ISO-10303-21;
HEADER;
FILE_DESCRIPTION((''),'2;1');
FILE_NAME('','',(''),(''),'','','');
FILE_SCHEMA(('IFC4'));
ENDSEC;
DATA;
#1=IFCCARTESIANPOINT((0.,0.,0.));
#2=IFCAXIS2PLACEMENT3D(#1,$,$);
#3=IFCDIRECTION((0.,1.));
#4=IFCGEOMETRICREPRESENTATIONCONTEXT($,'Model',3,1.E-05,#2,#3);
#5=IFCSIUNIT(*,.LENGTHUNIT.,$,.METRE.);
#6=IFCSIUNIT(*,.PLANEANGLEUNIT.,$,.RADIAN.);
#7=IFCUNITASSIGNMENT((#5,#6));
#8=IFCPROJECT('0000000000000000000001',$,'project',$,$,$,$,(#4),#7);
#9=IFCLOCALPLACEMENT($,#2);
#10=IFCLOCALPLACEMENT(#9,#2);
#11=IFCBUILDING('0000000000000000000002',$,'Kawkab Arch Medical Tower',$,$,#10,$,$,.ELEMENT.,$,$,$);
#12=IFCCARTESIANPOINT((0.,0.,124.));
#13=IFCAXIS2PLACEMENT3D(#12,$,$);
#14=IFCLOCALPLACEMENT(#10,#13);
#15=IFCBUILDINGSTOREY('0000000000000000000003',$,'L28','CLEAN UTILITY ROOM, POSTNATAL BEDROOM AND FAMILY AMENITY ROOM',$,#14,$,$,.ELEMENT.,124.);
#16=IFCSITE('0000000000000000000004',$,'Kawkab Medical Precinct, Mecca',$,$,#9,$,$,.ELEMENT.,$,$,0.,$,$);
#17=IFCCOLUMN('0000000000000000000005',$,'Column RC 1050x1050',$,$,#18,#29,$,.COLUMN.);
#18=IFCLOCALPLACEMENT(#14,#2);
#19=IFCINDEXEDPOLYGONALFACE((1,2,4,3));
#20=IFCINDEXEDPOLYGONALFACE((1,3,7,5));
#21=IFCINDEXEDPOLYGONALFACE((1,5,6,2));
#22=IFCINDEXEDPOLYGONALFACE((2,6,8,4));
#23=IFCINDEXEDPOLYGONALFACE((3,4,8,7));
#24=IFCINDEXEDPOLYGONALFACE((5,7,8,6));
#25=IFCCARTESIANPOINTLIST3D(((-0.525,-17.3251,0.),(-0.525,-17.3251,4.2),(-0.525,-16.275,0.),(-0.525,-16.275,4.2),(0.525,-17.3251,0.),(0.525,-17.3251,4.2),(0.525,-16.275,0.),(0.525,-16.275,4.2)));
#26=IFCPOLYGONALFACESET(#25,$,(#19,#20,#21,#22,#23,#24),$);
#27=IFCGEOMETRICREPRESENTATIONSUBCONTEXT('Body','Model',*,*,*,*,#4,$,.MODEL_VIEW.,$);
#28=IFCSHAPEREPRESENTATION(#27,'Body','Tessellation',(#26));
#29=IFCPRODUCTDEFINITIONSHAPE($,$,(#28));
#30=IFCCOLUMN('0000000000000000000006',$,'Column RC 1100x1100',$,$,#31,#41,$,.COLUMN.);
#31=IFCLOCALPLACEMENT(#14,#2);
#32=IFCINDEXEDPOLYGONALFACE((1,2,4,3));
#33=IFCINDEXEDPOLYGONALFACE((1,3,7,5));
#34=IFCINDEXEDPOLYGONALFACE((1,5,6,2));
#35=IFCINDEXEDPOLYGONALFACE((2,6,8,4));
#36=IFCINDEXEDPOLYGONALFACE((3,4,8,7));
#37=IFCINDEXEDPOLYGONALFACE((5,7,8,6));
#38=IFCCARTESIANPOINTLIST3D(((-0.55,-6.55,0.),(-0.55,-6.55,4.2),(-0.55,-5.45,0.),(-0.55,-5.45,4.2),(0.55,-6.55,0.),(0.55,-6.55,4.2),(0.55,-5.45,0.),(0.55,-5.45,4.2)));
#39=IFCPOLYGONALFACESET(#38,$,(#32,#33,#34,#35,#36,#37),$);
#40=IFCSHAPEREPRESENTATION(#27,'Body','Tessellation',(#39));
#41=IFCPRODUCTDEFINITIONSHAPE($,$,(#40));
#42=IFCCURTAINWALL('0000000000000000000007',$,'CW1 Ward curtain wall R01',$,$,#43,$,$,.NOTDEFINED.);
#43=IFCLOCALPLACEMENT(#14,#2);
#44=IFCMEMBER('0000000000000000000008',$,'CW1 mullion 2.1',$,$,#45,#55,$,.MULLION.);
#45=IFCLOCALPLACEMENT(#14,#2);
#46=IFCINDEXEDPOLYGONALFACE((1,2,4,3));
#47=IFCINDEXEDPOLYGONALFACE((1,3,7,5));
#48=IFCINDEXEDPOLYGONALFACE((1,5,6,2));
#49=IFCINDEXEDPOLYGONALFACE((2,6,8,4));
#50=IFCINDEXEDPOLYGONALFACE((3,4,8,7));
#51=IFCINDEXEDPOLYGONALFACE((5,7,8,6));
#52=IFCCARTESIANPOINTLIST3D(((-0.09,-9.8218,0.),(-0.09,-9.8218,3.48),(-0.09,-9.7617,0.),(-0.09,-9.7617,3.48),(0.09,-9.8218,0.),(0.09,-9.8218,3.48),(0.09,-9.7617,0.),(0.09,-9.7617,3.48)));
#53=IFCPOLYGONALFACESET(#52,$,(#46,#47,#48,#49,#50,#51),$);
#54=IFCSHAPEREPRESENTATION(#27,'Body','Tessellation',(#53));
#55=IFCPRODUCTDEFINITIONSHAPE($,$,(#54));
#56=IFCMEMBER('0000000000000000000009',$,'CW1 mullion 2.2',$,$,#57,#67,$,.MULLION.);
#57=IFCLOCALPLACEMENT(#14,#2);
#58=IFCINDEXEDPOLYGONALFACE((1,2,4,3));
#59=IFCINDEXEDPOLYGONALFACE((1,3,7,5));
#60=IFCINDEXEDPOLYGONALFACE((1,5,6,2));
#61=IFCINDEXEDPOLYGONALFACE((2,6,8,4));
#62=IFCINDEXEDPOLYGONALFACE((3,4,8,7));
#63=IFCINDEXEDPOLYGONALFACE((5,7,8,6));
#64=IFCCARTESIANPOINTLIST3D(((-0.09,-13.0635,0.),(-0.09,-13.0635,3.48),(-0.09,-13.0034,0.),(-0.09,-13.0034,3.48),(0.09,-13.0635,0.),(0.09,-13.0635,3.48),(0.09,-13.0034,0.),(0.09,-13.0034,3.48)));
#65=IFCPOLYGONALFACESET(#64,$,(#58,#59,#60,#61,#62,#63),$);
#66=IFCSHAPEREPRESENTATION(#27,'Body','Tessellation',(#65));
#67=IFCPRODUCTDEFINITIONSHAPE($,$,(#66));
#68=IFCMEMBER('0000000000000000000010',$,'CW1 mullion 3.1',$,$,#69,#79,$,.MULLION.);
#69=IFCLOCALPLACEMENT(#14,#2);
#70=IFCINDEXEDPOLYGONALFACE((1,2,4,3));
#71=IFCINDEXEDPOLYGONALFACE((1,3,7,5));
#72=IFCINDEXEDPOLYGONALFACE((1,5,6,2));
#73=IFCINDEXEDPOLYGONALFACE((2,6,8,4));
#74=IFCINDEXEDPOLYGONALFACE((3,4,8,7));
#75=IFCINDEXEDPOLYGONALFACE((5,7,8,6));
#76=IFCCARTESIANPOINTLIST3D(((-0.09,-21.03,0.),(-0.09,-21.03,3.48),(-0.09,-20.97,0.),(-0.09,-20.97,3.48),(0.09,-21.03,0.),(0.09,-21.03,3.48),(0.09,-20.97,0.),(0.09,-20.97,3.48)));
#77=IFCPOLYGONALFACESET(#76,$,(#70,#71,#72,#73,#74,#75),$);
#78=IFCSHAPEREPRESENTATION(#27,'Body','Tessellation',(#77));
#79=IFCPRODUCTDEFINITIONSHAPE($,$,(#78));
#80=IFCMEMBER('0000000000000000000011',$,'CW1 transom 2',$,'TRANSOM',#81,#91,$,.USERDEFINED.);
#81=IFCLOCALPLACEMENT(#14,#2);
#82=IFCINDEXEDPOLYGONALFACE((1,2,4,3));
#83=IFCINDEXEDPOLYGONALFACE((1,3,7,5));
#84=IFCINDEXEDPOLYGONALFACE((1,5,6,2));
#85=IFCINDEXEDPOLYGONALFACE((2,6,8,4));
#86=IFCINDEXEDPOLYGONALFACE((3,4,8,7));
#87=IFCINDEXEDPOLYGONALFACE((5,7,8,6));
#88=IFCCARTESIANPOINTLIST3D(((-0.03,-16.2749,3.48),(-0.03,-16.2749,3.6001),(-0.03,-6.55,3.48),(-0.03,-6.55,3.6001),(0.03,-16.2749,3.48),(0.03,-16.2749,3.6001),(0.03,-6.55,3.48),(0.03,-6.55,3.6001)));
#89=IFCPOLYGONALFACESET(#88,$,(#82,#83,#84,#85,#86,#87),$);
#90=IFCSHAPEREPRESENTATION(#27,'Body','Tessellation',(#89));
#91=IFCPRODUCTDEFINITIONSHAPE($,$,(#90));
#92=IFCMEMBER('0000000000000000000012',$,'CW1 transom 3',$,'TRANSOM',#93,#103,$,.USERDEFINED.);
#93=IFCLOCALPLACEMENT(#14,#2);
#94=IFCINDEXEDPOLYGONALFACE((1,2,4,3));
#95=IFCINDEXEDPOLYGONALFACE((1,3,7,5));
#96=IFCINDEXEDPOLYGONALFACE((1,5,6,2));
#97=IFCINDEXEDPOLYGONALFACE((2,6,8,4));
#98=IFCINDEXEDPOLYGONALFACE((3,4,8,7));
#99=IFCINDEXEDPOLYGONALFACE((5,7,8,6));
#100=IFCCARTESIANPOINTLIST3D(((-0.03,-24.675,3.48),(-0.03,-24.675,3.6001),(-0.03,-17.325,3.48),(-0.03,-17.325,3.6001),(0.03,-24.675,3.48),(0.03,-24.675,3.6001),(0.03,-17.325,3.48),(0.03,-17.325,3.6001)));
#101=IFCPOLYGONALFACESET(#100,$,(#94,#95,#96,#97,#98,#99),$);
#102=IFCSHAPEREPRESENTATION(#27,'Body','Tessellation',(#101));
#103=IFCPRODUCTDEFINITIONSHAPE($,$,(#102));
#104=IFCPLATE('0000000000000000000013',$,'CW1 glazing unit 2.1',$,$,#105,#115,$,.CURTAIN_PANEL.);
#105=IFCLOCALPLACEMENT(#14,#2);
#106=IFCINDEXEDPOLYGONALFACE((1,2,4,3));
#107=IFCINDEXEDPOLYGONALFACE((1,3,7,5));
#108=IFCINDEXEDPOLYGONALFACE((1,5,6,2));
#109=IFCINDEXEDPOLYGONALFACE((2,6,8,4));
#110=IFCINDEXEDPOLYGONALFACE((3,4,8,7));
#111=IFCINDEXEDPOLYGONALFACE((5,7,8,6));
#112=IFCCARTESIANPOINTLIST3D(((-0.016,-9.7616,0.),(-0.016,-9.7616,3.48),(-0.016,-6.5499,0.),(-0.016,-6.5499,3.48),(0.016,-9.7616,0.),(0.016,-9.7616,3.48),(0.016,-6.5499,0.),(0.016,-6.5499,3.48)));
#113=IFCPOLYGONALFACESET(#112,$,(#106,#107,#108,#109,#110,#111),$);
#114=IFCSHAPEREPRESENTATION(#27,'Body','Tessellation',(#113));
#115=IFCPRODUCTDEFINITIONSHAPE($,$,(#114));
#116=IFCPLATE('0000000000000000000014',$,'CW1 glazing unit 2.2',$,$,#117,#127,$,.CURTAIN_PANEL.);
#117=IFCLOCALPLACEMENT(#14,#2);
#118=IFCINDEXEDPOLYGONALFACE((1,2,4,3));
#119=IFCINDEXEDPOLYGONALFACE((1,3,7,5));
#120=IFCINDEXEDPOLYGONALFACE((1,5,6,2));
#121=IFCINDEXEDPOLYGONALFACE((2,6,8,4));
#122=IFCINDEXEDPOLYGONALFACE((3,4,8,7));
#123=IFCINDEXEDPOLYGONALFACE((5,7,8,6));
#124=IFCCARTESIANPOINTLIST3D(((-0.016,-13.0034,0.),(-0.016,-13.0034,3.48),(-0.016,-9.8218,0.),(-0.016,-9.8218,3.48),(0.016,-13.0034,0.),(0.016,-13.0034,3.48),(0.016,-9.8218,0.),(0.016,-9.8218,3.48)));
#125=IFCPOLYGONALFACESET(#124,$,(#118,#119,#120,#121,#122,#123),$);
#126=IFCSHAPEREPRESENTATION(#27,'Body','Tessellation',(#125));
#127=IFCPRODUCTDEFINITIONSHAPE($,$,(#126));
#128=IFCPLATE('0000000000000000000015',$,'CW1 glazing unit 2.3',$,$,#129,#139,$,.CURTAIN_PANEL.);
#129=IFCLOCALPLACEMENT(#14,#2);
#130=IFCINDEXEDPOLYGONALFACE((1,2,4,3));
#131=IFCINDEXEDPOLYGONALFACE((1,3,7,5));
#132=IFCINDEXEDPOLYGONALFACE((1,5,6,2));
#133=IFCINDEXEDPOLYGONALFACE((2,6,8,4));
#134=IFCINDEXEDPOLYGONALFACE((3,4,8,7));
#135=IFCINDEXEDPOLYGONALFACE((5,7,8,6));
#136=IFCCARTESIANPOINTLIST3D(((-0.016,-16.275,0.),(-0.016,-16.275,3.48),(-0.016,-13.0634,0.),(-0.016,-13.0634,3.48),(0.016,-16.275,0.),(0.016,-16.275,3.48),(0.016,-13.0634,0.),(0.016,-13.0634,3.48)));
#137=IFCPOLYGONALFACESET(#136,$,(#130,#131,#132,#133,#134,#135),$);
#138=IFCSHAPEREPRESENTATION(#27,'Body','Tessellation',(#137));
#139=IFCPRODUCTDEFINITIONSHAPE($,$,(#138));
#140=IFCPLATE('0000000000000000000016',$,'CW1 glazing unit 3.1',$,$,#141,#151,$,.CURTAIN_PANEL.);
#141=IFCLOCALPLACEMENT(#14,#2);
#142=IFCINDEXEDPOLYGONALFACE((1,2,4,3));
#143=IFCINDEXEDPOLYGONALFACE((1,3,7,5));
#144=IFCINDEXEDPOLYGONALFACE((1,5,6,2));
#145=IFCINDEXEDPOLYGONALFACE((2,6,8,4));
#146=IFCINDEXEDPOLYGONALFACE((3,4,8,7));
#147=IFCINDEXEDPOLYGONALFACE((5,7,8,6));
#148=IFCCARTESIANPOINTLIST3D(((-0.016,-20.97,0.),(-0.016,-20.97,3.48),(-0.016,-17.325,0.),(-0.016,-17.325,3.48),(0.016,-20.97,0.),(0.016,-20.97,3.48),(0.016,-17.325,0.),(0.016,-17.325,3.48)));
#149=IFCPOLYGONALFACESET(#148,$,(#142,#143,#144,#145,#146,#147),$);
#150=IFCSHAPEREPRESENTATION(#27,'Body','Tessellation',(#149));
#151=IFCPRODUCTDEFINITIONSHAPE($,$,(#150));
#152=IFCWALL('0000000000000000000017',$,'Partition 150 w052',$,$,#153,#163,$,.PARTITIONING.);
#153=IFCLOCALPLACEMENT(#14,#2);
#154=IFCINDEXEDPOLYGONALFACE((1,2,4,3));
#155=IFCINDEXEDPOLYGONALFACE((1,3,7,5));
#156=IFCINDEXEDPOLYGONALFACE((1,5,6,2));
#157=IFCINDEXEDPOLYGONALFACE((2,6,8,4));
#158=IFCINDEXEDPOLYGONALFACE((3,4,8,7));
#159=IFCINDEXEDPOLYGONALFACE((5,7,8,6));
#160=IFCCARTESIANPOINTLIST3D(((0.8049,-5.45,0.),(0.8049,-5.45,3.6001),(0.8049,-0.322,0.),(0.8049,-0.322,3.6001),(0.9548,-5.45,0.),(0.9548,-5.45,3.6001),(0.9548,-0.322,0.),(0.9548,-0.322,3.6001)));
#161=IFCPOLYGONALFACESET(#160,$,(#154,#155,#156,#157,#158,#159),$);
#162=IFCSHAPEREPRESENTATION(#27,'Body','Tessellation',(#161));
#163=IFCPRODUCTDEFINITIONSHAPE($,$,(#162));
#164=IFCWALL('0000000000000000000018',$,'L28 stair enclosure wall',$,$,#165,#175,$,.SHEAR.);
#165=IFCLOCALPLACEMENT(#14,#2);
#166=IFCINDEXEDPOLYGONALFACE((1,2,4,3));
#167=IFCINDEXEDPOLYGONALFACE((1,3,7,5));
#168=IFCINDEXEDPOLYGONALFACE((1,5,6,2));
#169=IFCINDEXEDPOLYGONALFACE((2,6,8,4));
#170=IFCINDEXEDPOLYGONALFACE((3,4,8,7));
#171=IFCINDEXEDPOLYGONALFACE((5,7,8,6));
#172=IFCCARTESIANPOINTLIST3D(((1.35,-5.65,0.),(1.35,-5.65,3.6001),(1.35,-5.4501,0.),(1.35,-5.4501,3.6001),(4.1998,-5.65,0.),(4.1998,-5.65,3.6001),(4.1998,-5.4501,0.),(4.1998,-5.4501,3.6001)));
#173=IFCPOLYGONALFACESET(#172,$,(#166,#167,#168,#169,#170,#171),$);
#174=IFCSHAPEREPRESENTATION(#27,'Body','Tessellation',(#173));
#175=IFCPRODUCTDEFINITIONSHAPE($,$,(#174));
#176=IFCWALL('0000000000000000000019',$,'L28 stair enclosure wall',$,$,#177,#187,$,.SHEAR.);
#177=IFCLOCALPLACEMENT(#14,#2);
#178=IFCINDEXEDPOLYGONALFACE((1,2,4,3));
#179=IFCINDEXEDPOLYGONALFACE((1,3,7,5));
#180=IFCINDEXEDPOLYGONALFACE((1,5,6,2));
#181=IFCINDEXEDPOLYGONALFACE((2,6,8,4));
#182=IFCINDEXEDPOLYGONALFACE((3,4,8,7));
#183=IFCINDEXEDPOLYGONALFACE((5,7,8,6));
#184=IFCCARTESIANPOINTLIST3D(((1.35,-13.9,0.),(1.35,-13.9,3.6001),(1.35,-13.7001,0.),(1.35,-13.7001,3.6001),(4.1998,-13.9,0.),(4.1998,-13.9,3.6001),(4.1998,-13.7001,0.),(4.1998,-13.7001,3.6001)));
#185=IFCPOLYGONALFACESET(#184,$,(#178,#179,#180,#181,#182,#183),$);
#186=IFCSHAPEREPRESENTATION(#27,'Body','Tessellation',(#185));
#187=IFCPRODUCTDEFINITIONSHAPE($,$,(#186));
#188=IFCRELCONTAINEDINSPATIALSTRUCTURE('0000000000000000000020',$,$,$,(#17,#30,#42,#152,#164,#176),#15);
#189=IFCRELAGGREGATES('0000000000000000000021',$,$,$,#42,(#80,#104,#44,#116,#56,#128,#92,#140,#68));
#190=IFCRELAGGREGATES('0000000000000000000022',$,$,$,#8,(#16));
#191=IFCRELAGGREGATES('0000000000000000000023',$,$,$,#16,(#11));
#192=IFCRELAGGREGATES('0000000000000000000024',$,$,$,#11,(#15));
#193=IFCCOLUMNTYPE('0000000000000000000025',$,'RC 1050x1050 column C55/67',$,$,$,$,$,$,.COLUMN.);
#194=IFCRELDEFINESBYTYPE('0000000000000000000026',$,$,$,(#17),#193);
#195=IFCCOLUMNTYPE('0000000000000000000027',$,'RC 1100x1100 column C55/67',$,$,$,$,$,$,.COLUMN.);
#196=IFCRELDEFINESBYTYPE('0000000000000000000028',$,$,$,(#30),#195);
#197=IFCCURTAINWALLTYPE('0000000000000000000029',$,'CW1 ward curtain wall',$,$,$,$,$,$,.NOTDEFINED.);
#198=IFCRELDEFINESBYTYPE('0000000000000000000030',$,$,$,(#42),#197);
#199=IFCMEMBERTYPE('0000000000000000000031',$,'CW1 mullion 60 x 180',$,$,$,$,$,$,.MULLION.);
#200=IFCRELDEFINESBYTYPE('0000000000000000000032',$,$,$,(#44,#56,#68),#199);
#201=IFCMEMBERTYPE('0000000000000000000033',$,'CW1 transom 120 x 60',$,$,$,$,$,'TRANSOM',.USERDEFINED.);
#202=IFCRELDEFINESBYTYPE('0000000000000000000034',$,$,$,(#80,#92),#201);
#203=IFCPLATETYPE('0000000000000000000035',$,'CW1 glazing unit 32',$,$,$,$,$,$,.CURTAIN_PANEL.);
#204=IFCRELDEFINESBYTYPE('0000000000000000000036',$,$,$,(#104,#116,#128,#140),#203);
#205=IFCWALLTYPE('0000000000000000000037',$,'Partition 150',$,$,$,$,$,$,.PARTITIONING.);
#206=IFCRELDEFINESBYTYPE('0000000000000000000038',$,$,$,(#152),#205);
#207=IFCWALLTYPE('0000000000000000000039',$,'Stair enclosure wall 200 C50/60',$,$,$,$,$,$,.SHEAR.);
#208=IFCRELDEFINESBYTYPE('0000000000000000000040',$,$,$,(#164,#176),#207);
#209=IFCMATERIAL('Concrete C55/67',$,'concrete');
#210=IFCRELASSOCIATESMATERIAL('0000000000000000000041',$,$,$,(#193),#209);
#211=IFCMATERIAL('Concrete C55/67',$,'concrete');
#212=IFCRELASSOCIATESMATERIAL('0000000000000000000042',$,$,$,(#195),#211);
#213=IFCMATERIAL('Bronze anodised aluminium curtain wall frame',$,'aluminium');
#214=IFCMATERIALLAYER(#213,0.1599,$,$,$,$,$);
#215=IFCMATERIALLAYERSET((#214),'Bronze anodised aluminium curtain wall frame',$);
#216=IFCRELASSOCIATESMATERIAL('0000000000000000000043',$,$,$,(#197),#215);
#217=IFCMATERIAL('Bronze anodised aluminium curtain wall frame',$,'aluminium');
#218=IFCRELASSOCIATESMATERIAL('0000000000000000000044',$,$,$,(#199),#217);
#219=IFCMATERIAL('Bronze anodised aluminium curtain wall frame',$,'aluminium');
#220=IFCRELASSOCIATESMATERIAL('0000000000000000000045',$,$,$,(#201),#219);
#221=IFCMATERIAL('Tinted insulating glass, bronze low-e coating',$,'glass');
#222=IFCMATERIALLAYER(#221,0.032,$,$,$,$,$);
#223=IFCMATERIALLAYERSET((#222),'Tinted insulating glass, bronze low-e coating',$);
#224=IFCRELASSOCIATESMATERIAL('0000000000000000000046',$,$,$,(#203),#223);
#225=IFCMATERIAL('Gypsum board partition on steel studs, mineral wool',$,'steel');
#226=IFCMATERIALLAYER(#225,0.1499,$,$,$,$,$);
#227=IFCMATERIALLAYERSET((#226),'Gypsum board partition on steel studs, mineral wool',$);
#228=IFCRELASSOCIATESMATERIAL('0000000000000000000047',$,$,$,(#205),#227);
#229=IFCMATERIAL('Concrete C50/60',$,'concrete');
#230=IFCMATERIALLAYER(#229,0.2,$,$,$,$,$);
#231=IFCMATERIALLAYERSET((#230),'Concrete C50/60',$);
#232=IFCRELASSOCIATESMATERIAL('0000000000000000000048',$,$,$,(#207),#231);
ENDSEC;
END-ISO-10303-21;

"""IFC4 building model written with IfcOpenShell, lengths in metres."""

from ifc_helpers import new_model, si_unit, direction, frame, frame_2d, origin, origin_2d, place, context, subcontext, project, spatial, rectangle, extrude, material, layer, layer_set, material_profile, profile_set, type_object, element, aggregate, save


model = new_model("IFC4")

# Units and contexts
model_context = context("Model", 3, precision=1e-05, world=origin(), true_north=direction((0.0, 1.0)))
body_context = subcontext(model_context, "Body", "Model", "MODEL_VIEW")
ifc_project = project(units=[si_unit("LENGTHUNIT", "METRE"), si_unit("PLANEANGLEUNIT", "RADIAN")], contexts=[model_context])

# Site, building, storey
site_placement = place(None, origin())
site = spatial("IfcSite", under=ifc_project, at=site_placement, Name="Kawkab Medical Precinct, Mecca", CompositionType="ELEMENT", RefElevation=0.0)
building_placement = place(site_placement, origin())
building = spatial("IfcBuilding", under=site, at=building_placement, Name="Kawkab Arch Medical Tower", CompositionType="ELEMENT")
storey_placement = place(building_placement, frame((0.0, 0.0, 124.0)))
storey = spatial("IfcBuildingStorey", under=building, at=storey_placement, Name="L28", Description="CLEAN UTILITY ROOM, POSTNATAL BEDROOM AND FAMILY AMENITY ROOM", CompositionType="ELEMENT", Elevation=124.0)

# Columns
ifc_material_1 = material(Name="Concrete C55/67", Category="concrete")
ifc_material_profile_1 = material_profile(ifc_material_1, rectangle(XDim=1.05, YDim=1.05, at=origin_2d()), Name="RC 1050x1050")
ifc_profile_set_1 = profile_set([ifc_material_profile_1], Name="Concrete C55/67")
column_type_1 = type_object("IfcColumnType", Name="RC 1050x1050 column C55/67", PredefinedType="COLUMN", material=ifc_profile_set_1)
column_1_placement = place(storey_placement, frame((0.0, -16.8, 0.0), z_axis=(0.0, 0.0, 1.0), x_axis=(1.0, 0.0, 0.0)))
element("IfcColumn", 1, at=column_1_placement, inside=storey, type_object=column_type_1, Name="Column RC 1050x1050", PredefinedType="COLUMN", context=body_context, shape_type="SweptSolid", body=[
    extrude(rectangle(XDim=1.05, YDim=1.05, at=origin_2d()), origin(), (0.0, 0.0, 1.0), 4.2),
])
ifc_material_2 = material(Name="Concrete C55/67", Category="concrete")
ifc_material_profile_2 = material_profile(ifc_material_2, rectangle(XDim=1.1001, YDim=1.1001, at=origin_2d()), Name="RC 1100x1100")
ifc_profile_set_2 = profile_set([ifc_material_profile_2], Name="Concrete C55/67")
column_type_2 = type_object("IfcColumnType", Name="RC 1100x1100 column C55/67", PredefinedType="COLUMN", material=ifc_profile_set_2)
column_2_placement = place(storey_placement, frame((0.0, -6.0, 0.0), z_axis=(0.0, 0.0, 1.0), x_axis=(1.0, 0.0, 0.0)))
element("IfcColumn", 2, at=column_2_placement, inside=storey, type_object=column_type_2, Name="Column RC 1100x1100", PredefinedType="COLUMN", context=body_context, shape_type="SweptSolid", body=[
    extrude(rectangle(XDim=1.1001, YDim=1.1001, at=origin_2d()), origin(), (0.0, 0.0, 1.0), 4.2),
])

# Curtain wall, members, plates
ifc_material_3 = material(Name="Bronze anodised aluminium curtain wall frame", Category="aluminium")
ifc_layer_1 = layer(ifc_material_3, 0.1599)
ifc_layer_set_1 = layer_set([ifc_layer_1], Name="Bronze anodised aluminium curtain wall frame")
curtain_wall_type = type_object("IfcCurtainWallType", Name="CW1 ward curtain wall", PredefinedType="NOTDEFINED", material=ifc_layer_set_1)
placement = place(storey_placement, origin())
curtain_wall = element("IfcCurtainWall", 3, at=placement, inside=storey, type_object=curtain_wall_type, Name="CW1 Ward curtain wall R01", PredefinedType="NOTDEFINED")
ifc_material_4 = material(Name="Bronze anodised aluminium curtain wall frame", Category="aluminium")
ifc_material_profile_3 = material_profile(ifc_material_4, rectangle(XDim=0.1799, YDim=0.0601, at=origin_2d()), Name="AL 60x180")
ifc_profile_set_3 = profile_set([ifc_material_profile_3], Name="Bronze anodised aluminium curtain wall frame")
member_type_1 = type_object("IfcMemberType", Name="CW1 mullion 60 x 180", PredefinedType="MULLION", material=ifc_profile_set_3)
member_1_placement = place(storey_placement, frame((0.0, -9.7917, 0.0), z_axis=(0.0, 0.0, 1.0), x_axis=(1.0, 0.0, 0.0)))
member_1 = element("IfcMember", 4, at=member_1_placement, type_object=member_type_1, Name="CW1 mullion 2.1", PredefinedType="MULLION", context=body_context, shape_type="SweptSolid", body=[
    extrude(rectangle(XDim=0.1799, YDim=0.0601, at=origin_2d()), origin(), (0.0, 0.0, 1.0), 3.48),
])
member_2_placement = place(storey_placement, frame((0.0, -13.0334, 0.0), z_axis=(0.0, 0.0, 1.0), x_axis=(1.0, 0.0, 0.0)))
member_2 = element("IfcMember", 5, at=member_2_placement, type_object=member_type_1, Name="CW1 mullion 2.2", PredefinedType="MULLION", context=body_context, shape_type="SweptSolid", body=[
    extrude(rectangle(XDim=0.1799, YDim=0.0601, at=origin_2d()), origin(), (0.0, 0.0, 1.0), 3.48),
])
member_3_placement = place(storey_placement, frame((0.0, -21.0, 0.0), z_axis=(0.0, 0.0, 1.0), x_axis=(1.0, 0.0, 0.0)))
member_3 = element("IfcMember", 6, at=member_3_placement, type_object=member_type_1, Name="CW1 mullion 3.1", PredefinedType="MULLION", context=body_context, shape_type="SweptSolid", body=[
    extrude(rectangle(XDim=0.1799, YDim=0.0601, at=origin_2d()), origin(), (0.0, 0.0, 1.0), 3.48),
])
ifc_material_5 = material(Name="Bronze anodised aluminium curtain wall frame", Category="aluminium")
ifc_material_profile_4 = material_profile(ifc_material_5, rectangle(XDim=0.0601, YDim=0.1201, at=origin_2d()), Name="AL 60x120")
ifc_profile_set_4 = profile_set([ifc_material_profile_4], Name="Bronze anodised aluminium curtain wall frame")
member_type_2 = type_object("IfcMemberType", Name="CW1 transom 120 x 60", ElementType="TRANSOM", PredefinedType="USERDEFINED", material=ifc_profile_set_4)
member_4_placement = place(storey_placement, frame((0.0, -6.55, 3.54), z_axis=(0.0, -1.0, 0.0), x_axis=(1.0, 0.0, 0.0)))
member_4 = element("IfcMember", 7, at=member_4_placement, type_object=member_type_2, Name="CW1 transom 2", ObjectType="TRANSOM", PredefinedType="USERDEFINED", context=body_context, shape_type="SweptSolid", body=[
    extrude(rectangle(XDim=0.0601, YDim=0.1201, at=origin_2d()), origin(), (0.0, 0.0, 1.0), 9.7249),
])
member_5_placement = place(storey_placement, frame((0.0, -17.325, 3.54), z_axis=(0.0, -1.0, 0.0), x_axis=(1.0, 0.0, 0.0)))
member_5 = element("IfcMember", 8, at=member_5_placement, type_object=member_type_2, Name="CW1 transom 3", ObjectType="TRANSOM", PredefinedType="USERDEFINED", context=body_context, shape_type="SweptSolid", body=[
    extrude(rectangle(XDim=0.0601, YDim=0.1201, at=origin_2d()), origin(), (0.0, 0.0, 1.0), 7.3501),
])
ifc_material_6 = material(Name="Tinted insulating glass, bronze low-e coating", Category="glass")
ifc_layer_2 = layer(ifc_material_6, 0.032)
ifc_layer_set_2 = layer_set([ifc_layer_2], Name="Tinted insulating glass, bronze low-e coating")
plate_type = type_object("IfcPlateType", Name="CW1 glazing unit 32", PredefinedType="CURTAIN_PANEL", material=ifc_layer_set_2)
plate_1_placement = place(storey_placement, frame((0.0, -8.1558, 0.0), z_axis=(0.0, 0.0, 1.0), x_axis=(0.0, -1.0, 0.0)))
plate_1 = element("IfcPlate", 9, at=plate_1_placement, type_object=plate_type, Name="CW1 glazing unit 2.1", PredefinedType="CURTAIN_PANEL", context=body_context, shape_type="SweptSolid", body=[
    extrude(rectangle(XDim=3.2117, YDim=0.032, at=origin_2d()), origin(), (0.0, 0.0, 1.0), 3.48),
])
plate_2_placement = place(storey_placement, frame((0.0, -11.4126, 0.0), z_axis=(0.0, 0.0, 1.0), x_axis=(0.0, -1.0, 0.0)))
plate_2 = element("IfcPlate", 10, at=plate_2_placement, type_object=plate_type, Name="CW1 glazing unit 2.2", PredefinedType="CURTAIN_PANEL", context=body_context, shape_type="SweptSolid", body=[
    extrude(rectangle(XDim=3.1816, YDim=0.032, at=origin_2d()), origin(), (0.0, 0.0, 1.0), 3.48),
])
plate_3_placement = place(storey_placement, frame((0.0, -14.6692, 0.0), z_axis=(0.0, 0.0, 1.0), x_axis=(0.0, -1.0, 0.0)))
plate_3 = element("IfcPlate", 11, at=plate_3_placement, type_object=plate_type, Name="CW1 glazing unit 2.3", PredefinedType="CURTAIN_PANEL", context=body_context, shape_type="SweptSolid", body=[
    extrude(rectangle(XDim=3.2117, YDim=0.032, at=origin_2d()), origin(), (0.0, 0.0, 1.0), 3.48),
])
plate_4_placement = place(storey_placement, frame((0.0, -19.1475, 0.0), z_axis=(0.0, 0.0, 1.0), x_axis=(0.0, -1.0, 0.0)))
plate_4 = element("IfcPlate", 12, at=plate_4_placement, type_object=plate_type, Name="CW1 glazing unit 3.1", PredefinedType="CURTAIN_PANEL", context=body_context, shape_type="SweptSolid", body=[
    extrude(rectangle(XDim=3.645, YDim=0.032, at=origin_2d()), origin(), (0.0, 0.0, 1.0), 3.48),
])
aggregate(curtain_wall, [member_4, plate_1, member_1, plate_2, member_2, plate_3, member_5, plate_4, member_3])

# Walls
ifc_material_7 = material(Name="Gypsum board partition on steel studs, mineral wool", Category="steel")
ifc_layer_3 = layer(ifc_material_7, 0.1499)
ifc_layer_set_3 = layer_set([ifc_layer_3], Name="Gypsum board partition on steel studs, mineral wool")
wall_type_1 = type_object("IfcWallType", Name="Partition 150", PredefinedType="PARTITIONING", material=ifc_layer_set_3)
wall_1_placement = place(storey_placement, frame((0.8799, -5.45, 0.0), z_axis=(0.0, 0.0, 1.0), x_axis=(0.0, 1.0, 0.0)))
element("IfcWall", 13, at=wall_1_placement, inside=storey, type_object=wall_type_1, Name="Partition 150 w052", PredefinedType="PARTITIONING", context=body_context, shape_type="SweptSolid", body=[
    extrude(rectangle(XDim=5.1279, YDim=0.1499, at=frame_2d((2.564, 0.0))), origin(), (0.0, 0.0, 1.0), 3.6001),
])
ifc_material_8 = material(Name="Concrete C50/60", Category="concrete")
ifc_layer_4 = layer(ifc_material_8, 0.2)
ifc_layer_set_4 = layer_set([ifc_layer_4], Name="Concrete C50/60")
wall_type_2 = type_object("IfcWallType", Name="Stair enclosure wall 200 C50/60", PredefinedType="SHEAR", material=ifc_layer_set_4)
for number, where, z_axis, x_axis, name in (
    (14, (1.3501, -5.55, 0.0), (0.0, 0.0, 1.0), (1.0, 0.0, 0.0), "L28 stair enclosure wall"),
    (15, (1.3501, -13.8, 0.0), (0.0, 0.0, 1.0), (1.0, 0.0, 0.0), "L28 stair enclosure wall"),
):
    element("IfcWall", number, at=place(storey_placement, frame(where, z_axis=z_axis, x_axis=x_axis)), inside=storey, type_object=wall_type_2, Name=name, PredefinedType="SHEAR", context=body_context, shape_type="SweptSolid", body=[
        extrude(rectangle(XDim=2.8499, YDim=0.2, at=frame_2d((1.4248, 0.0))), origin(), (0.0, 0.0, 1.0), 3.6001),
    ])

save(model, "model.ifc")
